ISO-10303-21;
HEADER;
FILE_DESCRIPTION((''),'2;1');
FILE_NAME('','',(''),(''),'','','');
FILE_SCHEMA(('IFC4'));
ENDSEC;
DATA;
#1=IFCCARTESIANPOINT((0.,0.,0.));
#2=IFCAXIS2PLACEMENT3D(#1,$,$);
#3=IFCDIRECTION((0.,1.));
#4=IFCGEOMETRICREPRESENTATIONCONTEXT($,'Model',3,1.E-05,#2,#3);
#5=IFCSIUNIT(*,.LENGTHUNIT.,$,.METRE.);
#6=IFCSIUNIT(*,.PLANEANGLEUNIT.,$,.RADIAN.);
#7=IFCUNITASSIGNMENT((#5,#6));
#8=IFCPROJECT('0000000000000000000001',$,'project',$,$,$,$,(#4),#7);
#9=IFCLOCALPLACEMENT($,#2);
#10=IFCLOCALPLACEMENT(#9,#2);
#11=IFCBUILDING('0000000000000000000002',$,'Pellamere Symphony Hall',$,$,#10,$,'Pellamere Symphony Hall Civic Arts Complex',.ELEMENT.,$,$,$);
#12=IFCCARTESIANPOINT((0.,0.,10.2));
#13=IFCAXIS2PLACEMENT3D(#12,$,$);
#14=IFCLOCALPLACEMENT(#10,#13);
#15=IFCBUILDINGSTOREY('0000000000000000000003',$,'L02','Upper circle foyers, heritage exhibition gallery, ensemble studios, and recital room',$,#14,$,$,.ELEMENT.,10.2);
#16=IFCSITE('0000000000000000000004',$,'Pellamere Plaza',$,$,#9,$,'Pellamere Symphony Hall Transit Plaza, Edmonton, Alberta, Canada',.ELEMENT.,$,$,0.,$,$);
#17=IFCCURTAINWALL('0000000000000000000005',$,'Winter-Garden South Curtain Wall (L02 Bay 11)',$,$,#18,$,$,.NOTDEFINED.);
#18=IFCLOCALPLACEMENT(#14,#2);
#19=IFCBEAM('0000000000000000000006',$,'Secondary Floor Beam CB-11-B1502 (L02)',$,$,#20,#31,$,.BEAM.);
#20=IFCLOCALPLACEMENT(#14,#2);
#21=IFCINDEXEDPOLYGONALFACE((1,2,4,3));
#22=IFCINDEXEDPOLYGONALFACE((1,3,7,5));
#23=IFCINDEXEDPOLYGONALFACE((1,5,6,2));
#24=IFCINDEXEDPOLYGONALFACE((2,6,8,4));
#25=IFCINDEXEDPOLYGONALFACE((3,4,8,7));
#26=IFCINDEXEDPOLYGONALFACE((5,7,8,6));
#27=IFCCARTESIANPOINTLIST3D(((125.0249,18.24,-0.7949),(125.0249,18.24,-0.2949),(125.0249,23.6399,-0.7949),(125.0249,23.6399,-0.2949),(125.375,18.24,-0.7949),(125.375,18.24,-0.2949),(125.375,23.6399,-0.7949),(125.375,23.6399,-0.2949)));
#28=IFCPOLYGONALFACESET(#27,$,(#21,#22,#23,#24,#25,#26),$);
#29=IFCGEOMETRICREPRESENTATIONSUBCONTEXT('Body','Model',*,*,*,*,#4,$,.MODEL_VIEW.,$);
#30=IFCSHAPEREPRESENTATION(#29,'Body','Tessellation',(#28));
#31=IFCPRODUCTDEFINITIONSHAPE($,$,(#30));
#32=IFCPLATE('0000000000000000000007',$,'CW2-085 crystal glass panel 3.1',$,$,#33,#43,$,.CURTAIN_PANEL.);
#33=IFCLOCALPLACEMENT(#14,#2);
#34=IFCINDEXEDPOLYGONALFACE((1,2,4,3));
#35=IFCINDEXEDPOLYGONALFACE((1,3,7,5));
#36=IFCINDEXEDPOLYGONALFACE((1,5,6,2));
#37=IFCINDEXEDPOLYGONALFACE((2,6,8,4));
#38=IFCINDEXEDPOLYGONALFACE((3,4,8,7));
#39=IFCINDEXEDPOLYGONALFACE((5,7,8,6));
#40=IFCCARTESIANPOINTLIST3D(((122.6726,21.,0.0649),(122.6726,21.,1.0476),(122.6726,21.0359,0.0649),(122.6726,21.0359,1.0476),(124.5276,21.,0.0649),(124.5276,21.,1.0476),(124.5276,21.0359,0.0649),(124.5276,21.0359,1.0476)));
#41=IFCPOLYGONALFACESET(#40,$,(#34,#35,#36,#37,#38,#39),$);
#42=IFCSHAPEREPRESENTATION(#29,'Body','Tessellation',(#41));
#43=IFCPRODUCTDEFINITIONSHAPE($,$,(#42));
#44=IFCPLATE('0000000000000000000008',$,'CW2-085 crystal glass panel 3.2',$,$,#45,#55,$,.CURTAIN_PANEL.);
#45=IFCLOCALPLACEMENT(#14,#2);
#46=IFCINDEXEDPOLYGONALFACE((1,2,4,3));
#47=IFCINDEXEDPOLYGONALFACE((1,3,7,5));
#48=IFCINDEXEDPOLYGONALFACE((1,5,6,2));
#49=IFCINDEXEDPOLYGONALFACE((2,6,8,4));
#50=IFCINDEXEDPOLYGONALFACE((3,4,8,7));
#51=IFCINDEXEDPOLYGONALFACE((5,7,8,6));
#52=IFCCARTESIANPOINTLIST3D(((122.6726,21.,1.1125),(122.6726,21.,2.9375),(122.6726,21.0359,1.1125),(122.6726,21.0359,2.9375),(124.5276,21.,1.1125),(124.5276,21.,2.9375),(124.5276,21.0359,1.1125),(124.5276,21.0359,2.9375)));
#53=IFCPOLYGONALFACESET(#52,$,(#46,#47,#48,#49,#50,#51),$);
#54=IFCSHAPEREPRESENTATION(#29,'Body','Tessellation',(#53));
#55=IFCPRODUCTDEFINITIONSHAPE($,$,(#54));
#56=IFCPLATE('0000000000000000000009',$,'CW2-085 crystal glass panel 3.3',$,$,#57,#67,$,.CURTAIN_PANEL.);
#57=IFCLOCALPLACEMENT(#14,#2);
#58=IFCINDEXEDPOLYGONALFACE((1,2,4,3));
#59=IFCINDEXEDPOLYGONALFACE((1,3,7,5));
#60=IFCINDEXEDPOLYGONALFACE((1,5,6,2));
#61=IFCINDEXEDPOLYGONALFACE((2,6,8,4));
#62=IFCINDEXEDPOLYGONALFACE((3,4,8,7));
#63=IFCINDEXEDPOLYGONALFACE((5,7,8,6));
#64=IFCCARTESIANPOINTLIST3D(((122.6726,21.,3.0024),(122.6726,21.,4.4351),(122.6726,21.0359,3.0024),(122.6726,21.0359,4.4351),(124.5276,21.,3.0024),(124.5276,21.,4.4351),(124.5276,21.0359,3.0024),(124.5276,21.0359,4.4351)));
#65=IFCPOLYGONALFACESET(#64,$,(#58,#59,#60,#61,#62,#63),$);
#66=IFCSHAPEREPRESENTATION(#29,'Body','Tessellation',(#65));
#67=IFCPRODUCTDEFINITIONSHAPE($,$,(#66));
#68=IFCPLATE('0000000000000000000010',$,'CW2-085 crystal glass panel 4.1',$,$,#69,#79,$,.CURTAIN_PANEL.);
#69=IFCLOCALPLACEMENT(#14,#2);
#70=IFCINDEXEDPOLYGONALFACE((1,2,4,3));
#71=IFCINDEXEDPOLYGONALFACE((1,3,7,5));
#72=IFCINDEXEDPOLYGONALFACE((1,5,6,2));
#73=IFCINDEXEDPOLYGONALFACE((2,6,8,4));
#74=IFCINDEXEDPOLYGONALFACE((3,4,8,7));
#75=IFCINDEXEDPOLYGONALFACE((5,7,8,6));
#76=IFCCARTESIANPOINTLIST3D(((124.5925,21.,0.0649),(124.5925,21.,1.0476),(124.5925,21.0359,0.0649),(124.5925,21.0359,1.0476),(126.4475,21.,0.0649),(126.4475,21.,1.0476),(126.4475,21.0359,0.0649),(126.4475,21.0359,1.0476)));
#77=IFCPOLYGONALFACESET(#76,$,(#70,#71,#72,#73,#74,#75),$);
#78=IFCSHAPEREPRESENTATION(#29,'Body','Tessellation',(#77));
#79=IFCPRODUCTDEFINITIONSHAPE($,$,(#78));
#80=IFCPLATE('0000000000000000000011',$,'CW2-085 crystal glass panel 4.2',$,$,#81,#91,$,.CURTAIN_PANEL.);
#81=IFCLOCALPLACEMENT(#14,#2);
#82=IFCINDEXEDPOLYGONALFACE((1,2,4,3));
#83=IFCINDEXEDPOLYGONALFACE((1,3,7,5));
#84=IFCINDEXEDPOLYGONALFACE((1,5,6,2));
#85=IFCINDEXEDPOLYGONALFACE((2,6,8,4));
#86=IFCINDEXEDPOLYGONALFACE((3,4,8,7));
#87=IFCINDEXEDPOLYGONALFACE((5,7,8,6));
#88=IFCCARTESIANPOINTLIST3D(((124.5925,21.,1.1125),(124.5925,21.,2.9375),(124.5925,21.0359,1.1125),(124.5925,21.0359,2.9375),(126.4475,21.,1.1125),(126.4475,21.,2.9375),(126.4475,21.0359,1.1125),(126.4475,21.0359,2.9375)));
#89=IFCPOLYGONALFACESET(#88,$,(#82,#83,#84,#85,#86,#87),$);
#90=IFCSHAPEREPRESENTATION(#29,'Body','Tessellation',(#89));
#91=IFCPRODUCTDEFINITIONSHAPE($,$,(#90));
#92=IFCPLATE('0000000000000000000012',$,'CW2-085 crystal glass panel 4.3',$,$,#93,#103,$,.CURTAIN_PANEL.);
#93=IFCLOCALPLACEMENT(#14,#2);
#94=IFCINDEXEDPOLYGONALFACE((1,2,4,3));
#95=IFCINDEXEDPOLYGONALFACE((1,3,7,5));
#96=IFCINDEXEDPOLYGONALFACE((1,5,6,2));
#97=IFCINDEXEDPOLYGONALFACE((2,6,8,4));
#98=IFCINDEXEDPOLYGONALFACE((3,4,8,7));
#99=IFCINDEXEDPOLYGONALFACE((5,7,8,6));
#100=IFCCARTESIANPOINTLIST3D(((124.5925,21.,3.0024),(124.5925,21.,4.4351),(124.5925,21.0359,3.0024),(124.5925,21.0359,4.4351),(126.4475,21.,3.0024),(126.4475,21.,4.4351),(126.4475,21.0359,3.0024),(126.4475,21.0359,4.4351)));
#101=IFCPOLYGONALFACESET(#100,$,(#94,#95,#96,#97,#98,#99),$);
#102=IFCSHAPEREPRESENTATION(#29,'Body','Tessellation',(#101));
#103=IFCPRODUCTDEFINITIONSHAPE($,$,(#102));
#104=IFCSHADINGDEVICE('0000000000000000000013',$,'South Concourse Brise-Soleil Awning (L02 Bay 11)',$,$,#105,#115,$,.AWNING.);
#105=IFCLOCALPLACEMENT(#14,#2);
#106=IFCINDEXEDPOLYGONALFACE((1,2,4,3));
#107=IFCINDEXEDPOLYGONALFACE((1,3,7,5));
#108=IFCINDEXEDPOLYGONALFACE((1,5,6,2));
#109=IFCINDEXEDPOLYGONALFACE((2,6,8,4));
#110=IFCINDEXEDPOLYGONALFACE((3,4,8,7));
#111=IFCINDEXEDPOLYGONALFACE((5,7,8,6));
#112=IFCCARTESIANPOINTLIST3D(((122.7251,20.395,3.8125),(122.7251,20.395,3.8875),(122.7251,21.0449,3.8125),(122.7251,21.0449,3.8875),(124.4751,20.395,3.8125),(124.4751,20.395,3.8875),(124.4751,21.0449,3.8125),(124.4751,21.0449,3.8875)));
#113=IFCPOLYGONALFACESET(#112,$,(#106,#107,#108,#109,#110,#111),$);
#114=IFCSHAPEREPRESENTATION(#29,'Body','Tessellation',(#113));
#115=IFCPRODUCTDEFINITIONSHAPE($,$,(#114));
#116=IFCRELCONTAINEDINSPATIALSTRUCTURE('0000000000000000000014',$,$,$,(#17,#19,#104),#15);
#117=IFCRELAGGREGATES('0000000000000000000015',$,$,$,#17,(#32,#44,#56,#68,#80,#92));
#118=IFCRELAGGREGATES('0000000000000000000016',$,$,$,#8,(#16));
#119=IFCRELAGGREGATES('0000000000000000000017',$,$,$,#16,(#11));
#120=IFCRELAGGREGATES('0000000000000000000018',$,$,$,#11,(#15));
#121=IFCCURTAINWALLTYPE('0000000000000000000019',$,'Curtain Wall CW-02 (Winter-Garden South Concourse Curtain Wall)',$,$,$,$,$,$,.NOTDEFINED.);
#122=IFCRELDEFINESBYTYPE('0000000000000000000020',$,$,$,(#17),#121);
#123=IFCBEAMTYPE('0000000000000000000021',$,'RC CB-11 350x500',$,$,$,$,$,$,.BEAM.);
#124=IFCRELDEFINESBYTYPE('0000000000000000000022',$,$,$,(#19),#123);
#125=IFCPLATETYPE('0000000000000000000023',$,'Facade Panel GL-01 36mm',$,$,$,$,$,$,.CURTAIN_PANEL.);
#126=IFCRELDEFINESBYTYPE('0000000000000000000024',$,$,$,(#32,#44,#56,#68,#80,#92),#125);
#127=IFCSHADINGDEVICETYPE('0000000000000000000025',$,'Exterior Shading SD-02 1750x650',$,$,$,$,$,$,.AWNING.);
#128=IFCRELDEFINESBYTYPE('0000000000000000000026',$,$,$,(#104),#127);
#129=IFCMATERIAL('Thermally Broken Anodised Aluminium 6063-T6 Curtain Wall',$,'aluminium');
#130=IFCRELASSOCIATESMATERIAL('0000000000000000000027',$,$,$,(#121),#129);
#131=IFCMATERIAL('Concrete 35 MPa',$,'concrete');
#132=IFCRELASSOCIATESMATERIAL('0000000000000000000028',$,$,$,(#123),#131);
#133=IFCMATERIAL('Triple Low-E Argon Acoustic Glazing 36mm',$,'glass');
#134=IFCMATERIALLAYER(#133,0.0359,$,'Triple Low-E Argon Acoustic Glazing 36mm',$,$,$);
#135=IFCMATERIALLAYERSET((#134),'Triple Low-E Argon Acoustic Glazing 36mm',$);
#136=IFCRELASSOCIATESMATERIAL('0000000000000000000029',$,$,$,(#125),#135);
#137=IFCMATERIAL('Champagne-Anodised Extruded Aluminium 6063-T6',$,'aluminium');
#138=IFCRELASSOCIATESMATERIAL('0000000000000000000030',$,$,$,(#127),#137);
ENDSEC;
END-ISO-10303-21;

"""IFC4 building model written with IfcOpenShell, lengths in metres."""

from ifc_helpers import new_model, si_unit, direction, frame, origin, origin_2d, place, context, subcontext, project, spatial, polyline, rectangle, outline, extrude, material, layer, layer_set, material_profile, profile_set, type_object, element, aggregate, save


model = new_model("IFC4")

# Units and contexts
model_context = context("Model", 3, precision=1e-05, world=origin(), true_north=direction((0.0, 1.0)))
body_context = subcontext(model_context, "Body", "Model", "MODEL_VIEW")
ifc_project = project(units=[si_unit("LENGTHUNIT", "METRE"), si_unit("PLANEANGLEUNIT", "RADIAN")], contexts=[model_context])

# Site, building, storey
site_placement = place(None, origin())
site = spatial("IfcSite", under=ifc_project, at=site_placement, Name="Pellamere Plaza", LongName="Pellamere Symphony Hall Transit Plaza, Edmonton, Alberta, Canada", CompositionType="ELEMENT", RefElevation=0.0)
building_placement = place(site_placement, origin())
building = spatial("IfcBuilding", under=site, at=building_placement, Name="Pellamere Symphony Hall", LongName="Pellamere Symphony Hall Civic Arts Complex", CompositionType="ELEMENT")
storey_placement = place(building_placement, frame((0.0, 0.0, 10.2)))
storey = spatial("IfcBuildingStorey", under=building, at=storey_placement, Name="L02", Description="Upper circle foyers, heritage exhibition gallery, ensemble studios, and recital room", CompositionType="ELEMENT", Elevation=10.2)

# Curtain wall
ifc_material_1 = material(Name="Thermally Broken Anodised Aluminium 6063-T6 Curtain Wall", Category="aluminium")
curtain_wall_type = type_object("IfcCurtainWallType", Name="Curtain Wall CW-02 (Winter-Garden South Concourse Curtain Wall)", PredefinedType="NOTDEFINED", material=ifc_material_1)
curtain_wall_placement = place(storey_placement, origin())
curtain_wall = element("IfcCurtainWall", 1, at=curtain_wall_placement, inside=storey, type_object=curtain_wall_type, Name="Winter-Garden South Curtain Wall (L02 Bay 11)", PredefinedType="NOTDEFINED")

# Beam
ifc_material_2 = material(Name="Concrete 35 MPa", Category="concrete")
ifc_material_profile_1 = material_profile(ifc_material_2, rectangle(XDim=0.3501, YDim=0.5, at=origin_2d()), Name="RC 350x500")
ifc_profile_set_1 = profile_set([ifc_material_profile_1], Name="Concrete 35 MPa")
beam_type = type_object("IfcBeamType", Name="RC CB-11 350x500", PredefinedType="BEAM", material=ifc_profile_set_1)
for number, where, z_axis, x_axis, name in (
    (2, (125.2, 18.24, -0.5449), (0.0, 1.0, 0.0), (-1.0, 0.0, 0.0), "Secondary Floor Beam CB-11-B1502 (L02)"),
):
    element("IfcBeam", number, at=place(storey_placement, frame(where, z_axis=z_axis, x_axis=x_axis)), inside=storey, type_object=beam_type, Name=name, PredefinedType="BEAM", context=body_context, shape_type="SweptSolid", body=[
        extrude(rectangle(XDim=0.3501, YDim=0.5, at=origin_2d()), origin(), (0.0, 0.0, 1.0), 5.3999),
    ])

# Plates
ifc_material_3 = material(Name="Triple Low-E Argon Acoustic Glazing 36mm", Category="glass")
ifc_layer = layer(ifc_material_3, 0.0359, Name="Triple Low-E Argon Acoustic Glazing 36mm")
ifc_layer_set = layer_set([ifc_layer], Name="Triple Low-E Argon Acoustic Glazing 36mm")
plate_type = type_object("IfcPlateType", Name="Facade Panel GL-01 36mm", PredefinedType="CURTAIN_PANEL", material=ifc_layer_set)
plate_1_placement = place(storey_placement, frame((122.6726, 21.0, 0.0649), z_axis=(0.0, -1.0, 0.0), x_axis=(1.0, 0.0, 0.0)))
plate_1 = element("IfcPlate", 3, at=plate_1_placement, type_object=plate_type, Name="CW2-085 crystal glass panel 3.1", PredefinedType="CURTAIN_PANEL", context=body_context, shape_type="SweptSolid", body=[
    extrude(outline(polyline([(0.0, 0.0), (1.855, 0.0), (1.855, 0.9827), (0.0, 0.9827), (0.0, 0.0)])), origin(), (0.0, 0.0, -1.0), 0.0359),
])
plate_2_placement = place(storey_placement, frame((122.6726, 21.0, 1.1125), z_axis=(0.0, -1.0, 0.0), x_axis=(1.0, 0.0, 0.0)))
plate_2 = element("IfcPlate", 4, at=plate_2_placement, type_object=plate_type, Name="CW2-085 crystal glass panel 3.2", PredefinedType="CURTAIN_PANEL", context=body_context, shape_type="SweptSolid", body=[
    extrude(outline(polyline([(0.0, 0.0), (1.855, 0.0), (1.855, 1.825), (0.0, 1.825), (0.0, 0.0)])), origin(), (0.0, 0.0, -1.0), 0.0359),
])
plate_3_placement = place(storey_placement, frame((122.6726, 21.0, 3.0024), z_axis=(0.0, -1.0, 0.0), x_axis=(1.0, 0.0, 0.0)))
plate_3 = element("IfcPlate", 5, at=plate_3_placement, type_object=plate_type, Name="CW2-085 crystal glass panel 3.3", PredefinedType="CURTAIN_PANEL", context=body_context, shape_type="SweptSolid", body=[
    extrude(outline(polyline([(0.0, 0.0), (1.855, 0.0), (1.855, 1.4326), (0.0, 1.4326), (0.0, 0.0)])), origin(), (0.0, 0.0, -1.0), 0.0359),
])
plate_4_placement = place(storey_placement, frame((124.5925, 21.0, 0.0649), z_axis=(0.0, -1.0, 0.0), x_axis=(1.0, 0.0, 0.0)))
plate_4 = element("IfcPlate", 6, at=plate_4_placement, type_object=plate_type, Name="CW2-085 crystal glass panel 4.1", PredefinedType="CURTAIN_PANEL", context=body_context, shape_type="SweptSolid", body=[
    extrude(outline(polyline([(0.0, 0.0), (1.855, 0.0), (1.855, 0.9827), (0.0, 0.9827), (0.0, 0.0)])), origin(), (0.0, 0.0, -1.0), 0.0359),
])
plate_5_placement = place(storey_placement, frame((124.5925, 21.0, 1.1125), z_axis=(0.0, -1.0, 0.0), x_axis=(1.0, 0.0, 0.0)))
plate_5 = element("IfcPlate", 7, at=plate_5_placement, type_object=plate_type, Name="CW2-085 crystal glass panel 4.2", PredefinedType="CURTAIN_PANEL", context=body_context, shape_type="SweptSolid", body=[
    extrude(outline(polyline([(0.0, 0.0), (1.855, 0.0), (1.855, 1.825), (0.0, 1.825), (0.0, 0.0)])), origin(), (0.0, 0.0, -1.0), 0.0359),
])
plate_6_placement = place(storey_placement, frame((124.5925, 21.0, 3.0024), z_axis=(0.0, -1.0, 0.0), x_axis=(1.0, 0.0, 0.0)))
plate_6 = element("IfcPlate", 8, at=plate_6_placement, type_object=plate_type, Name="CW2-085 crystal glass panel 4.3", PredefinedType="CURTAIN_PANEL", context=body_context, shape_type="SweptSolid", body=[
    extrude(outline(polyline([(0.0, 0.0), (1.855, 0.0), (1.855, 1.4326), (0.0, 1.4326), (0.0, 0.0)])), origin(), (0.0, 0.0, -1.0), 0.0359),
])
aggregate(curtain_wall, [plate_1, plate_2, plate_3, plate_4, plate_5, plate_6])

# Shading device
ifc_material_4 = material(Name="Champagne-Anodised Extruded Aluminium 6063-T6", Category="aluminium")
shading_device_type = type_object("IfcShadingDeviceType", Name="Exterior Shading SD-02 1750x650", PredefinedType="AWNING", material=ifc_material_4)
shading_device_placement = place(storey_placement, frame((123.6001, 20.72, 3.8125), z_axis=(0.0, 0.0, 1.0), x_axis=(1.0, 0.0, 0.0)))
element("IfcShadingDevice", 9, at=shading_device_placement, inside=storey, type_object=shading_device_type, Name="South Concourse Brise-Soleil Awning (L02 Bay 11)", PredefinedType="AWNING", context=body_context, shape_type="SweptSolid", body=[
    extrude(rectangle(XDim=1.75, YDim=0.6499, at=origin_2d()), origin(), (0.0, 0.0, 1.0), 0.075),
])

save(model, "model.ifc")
